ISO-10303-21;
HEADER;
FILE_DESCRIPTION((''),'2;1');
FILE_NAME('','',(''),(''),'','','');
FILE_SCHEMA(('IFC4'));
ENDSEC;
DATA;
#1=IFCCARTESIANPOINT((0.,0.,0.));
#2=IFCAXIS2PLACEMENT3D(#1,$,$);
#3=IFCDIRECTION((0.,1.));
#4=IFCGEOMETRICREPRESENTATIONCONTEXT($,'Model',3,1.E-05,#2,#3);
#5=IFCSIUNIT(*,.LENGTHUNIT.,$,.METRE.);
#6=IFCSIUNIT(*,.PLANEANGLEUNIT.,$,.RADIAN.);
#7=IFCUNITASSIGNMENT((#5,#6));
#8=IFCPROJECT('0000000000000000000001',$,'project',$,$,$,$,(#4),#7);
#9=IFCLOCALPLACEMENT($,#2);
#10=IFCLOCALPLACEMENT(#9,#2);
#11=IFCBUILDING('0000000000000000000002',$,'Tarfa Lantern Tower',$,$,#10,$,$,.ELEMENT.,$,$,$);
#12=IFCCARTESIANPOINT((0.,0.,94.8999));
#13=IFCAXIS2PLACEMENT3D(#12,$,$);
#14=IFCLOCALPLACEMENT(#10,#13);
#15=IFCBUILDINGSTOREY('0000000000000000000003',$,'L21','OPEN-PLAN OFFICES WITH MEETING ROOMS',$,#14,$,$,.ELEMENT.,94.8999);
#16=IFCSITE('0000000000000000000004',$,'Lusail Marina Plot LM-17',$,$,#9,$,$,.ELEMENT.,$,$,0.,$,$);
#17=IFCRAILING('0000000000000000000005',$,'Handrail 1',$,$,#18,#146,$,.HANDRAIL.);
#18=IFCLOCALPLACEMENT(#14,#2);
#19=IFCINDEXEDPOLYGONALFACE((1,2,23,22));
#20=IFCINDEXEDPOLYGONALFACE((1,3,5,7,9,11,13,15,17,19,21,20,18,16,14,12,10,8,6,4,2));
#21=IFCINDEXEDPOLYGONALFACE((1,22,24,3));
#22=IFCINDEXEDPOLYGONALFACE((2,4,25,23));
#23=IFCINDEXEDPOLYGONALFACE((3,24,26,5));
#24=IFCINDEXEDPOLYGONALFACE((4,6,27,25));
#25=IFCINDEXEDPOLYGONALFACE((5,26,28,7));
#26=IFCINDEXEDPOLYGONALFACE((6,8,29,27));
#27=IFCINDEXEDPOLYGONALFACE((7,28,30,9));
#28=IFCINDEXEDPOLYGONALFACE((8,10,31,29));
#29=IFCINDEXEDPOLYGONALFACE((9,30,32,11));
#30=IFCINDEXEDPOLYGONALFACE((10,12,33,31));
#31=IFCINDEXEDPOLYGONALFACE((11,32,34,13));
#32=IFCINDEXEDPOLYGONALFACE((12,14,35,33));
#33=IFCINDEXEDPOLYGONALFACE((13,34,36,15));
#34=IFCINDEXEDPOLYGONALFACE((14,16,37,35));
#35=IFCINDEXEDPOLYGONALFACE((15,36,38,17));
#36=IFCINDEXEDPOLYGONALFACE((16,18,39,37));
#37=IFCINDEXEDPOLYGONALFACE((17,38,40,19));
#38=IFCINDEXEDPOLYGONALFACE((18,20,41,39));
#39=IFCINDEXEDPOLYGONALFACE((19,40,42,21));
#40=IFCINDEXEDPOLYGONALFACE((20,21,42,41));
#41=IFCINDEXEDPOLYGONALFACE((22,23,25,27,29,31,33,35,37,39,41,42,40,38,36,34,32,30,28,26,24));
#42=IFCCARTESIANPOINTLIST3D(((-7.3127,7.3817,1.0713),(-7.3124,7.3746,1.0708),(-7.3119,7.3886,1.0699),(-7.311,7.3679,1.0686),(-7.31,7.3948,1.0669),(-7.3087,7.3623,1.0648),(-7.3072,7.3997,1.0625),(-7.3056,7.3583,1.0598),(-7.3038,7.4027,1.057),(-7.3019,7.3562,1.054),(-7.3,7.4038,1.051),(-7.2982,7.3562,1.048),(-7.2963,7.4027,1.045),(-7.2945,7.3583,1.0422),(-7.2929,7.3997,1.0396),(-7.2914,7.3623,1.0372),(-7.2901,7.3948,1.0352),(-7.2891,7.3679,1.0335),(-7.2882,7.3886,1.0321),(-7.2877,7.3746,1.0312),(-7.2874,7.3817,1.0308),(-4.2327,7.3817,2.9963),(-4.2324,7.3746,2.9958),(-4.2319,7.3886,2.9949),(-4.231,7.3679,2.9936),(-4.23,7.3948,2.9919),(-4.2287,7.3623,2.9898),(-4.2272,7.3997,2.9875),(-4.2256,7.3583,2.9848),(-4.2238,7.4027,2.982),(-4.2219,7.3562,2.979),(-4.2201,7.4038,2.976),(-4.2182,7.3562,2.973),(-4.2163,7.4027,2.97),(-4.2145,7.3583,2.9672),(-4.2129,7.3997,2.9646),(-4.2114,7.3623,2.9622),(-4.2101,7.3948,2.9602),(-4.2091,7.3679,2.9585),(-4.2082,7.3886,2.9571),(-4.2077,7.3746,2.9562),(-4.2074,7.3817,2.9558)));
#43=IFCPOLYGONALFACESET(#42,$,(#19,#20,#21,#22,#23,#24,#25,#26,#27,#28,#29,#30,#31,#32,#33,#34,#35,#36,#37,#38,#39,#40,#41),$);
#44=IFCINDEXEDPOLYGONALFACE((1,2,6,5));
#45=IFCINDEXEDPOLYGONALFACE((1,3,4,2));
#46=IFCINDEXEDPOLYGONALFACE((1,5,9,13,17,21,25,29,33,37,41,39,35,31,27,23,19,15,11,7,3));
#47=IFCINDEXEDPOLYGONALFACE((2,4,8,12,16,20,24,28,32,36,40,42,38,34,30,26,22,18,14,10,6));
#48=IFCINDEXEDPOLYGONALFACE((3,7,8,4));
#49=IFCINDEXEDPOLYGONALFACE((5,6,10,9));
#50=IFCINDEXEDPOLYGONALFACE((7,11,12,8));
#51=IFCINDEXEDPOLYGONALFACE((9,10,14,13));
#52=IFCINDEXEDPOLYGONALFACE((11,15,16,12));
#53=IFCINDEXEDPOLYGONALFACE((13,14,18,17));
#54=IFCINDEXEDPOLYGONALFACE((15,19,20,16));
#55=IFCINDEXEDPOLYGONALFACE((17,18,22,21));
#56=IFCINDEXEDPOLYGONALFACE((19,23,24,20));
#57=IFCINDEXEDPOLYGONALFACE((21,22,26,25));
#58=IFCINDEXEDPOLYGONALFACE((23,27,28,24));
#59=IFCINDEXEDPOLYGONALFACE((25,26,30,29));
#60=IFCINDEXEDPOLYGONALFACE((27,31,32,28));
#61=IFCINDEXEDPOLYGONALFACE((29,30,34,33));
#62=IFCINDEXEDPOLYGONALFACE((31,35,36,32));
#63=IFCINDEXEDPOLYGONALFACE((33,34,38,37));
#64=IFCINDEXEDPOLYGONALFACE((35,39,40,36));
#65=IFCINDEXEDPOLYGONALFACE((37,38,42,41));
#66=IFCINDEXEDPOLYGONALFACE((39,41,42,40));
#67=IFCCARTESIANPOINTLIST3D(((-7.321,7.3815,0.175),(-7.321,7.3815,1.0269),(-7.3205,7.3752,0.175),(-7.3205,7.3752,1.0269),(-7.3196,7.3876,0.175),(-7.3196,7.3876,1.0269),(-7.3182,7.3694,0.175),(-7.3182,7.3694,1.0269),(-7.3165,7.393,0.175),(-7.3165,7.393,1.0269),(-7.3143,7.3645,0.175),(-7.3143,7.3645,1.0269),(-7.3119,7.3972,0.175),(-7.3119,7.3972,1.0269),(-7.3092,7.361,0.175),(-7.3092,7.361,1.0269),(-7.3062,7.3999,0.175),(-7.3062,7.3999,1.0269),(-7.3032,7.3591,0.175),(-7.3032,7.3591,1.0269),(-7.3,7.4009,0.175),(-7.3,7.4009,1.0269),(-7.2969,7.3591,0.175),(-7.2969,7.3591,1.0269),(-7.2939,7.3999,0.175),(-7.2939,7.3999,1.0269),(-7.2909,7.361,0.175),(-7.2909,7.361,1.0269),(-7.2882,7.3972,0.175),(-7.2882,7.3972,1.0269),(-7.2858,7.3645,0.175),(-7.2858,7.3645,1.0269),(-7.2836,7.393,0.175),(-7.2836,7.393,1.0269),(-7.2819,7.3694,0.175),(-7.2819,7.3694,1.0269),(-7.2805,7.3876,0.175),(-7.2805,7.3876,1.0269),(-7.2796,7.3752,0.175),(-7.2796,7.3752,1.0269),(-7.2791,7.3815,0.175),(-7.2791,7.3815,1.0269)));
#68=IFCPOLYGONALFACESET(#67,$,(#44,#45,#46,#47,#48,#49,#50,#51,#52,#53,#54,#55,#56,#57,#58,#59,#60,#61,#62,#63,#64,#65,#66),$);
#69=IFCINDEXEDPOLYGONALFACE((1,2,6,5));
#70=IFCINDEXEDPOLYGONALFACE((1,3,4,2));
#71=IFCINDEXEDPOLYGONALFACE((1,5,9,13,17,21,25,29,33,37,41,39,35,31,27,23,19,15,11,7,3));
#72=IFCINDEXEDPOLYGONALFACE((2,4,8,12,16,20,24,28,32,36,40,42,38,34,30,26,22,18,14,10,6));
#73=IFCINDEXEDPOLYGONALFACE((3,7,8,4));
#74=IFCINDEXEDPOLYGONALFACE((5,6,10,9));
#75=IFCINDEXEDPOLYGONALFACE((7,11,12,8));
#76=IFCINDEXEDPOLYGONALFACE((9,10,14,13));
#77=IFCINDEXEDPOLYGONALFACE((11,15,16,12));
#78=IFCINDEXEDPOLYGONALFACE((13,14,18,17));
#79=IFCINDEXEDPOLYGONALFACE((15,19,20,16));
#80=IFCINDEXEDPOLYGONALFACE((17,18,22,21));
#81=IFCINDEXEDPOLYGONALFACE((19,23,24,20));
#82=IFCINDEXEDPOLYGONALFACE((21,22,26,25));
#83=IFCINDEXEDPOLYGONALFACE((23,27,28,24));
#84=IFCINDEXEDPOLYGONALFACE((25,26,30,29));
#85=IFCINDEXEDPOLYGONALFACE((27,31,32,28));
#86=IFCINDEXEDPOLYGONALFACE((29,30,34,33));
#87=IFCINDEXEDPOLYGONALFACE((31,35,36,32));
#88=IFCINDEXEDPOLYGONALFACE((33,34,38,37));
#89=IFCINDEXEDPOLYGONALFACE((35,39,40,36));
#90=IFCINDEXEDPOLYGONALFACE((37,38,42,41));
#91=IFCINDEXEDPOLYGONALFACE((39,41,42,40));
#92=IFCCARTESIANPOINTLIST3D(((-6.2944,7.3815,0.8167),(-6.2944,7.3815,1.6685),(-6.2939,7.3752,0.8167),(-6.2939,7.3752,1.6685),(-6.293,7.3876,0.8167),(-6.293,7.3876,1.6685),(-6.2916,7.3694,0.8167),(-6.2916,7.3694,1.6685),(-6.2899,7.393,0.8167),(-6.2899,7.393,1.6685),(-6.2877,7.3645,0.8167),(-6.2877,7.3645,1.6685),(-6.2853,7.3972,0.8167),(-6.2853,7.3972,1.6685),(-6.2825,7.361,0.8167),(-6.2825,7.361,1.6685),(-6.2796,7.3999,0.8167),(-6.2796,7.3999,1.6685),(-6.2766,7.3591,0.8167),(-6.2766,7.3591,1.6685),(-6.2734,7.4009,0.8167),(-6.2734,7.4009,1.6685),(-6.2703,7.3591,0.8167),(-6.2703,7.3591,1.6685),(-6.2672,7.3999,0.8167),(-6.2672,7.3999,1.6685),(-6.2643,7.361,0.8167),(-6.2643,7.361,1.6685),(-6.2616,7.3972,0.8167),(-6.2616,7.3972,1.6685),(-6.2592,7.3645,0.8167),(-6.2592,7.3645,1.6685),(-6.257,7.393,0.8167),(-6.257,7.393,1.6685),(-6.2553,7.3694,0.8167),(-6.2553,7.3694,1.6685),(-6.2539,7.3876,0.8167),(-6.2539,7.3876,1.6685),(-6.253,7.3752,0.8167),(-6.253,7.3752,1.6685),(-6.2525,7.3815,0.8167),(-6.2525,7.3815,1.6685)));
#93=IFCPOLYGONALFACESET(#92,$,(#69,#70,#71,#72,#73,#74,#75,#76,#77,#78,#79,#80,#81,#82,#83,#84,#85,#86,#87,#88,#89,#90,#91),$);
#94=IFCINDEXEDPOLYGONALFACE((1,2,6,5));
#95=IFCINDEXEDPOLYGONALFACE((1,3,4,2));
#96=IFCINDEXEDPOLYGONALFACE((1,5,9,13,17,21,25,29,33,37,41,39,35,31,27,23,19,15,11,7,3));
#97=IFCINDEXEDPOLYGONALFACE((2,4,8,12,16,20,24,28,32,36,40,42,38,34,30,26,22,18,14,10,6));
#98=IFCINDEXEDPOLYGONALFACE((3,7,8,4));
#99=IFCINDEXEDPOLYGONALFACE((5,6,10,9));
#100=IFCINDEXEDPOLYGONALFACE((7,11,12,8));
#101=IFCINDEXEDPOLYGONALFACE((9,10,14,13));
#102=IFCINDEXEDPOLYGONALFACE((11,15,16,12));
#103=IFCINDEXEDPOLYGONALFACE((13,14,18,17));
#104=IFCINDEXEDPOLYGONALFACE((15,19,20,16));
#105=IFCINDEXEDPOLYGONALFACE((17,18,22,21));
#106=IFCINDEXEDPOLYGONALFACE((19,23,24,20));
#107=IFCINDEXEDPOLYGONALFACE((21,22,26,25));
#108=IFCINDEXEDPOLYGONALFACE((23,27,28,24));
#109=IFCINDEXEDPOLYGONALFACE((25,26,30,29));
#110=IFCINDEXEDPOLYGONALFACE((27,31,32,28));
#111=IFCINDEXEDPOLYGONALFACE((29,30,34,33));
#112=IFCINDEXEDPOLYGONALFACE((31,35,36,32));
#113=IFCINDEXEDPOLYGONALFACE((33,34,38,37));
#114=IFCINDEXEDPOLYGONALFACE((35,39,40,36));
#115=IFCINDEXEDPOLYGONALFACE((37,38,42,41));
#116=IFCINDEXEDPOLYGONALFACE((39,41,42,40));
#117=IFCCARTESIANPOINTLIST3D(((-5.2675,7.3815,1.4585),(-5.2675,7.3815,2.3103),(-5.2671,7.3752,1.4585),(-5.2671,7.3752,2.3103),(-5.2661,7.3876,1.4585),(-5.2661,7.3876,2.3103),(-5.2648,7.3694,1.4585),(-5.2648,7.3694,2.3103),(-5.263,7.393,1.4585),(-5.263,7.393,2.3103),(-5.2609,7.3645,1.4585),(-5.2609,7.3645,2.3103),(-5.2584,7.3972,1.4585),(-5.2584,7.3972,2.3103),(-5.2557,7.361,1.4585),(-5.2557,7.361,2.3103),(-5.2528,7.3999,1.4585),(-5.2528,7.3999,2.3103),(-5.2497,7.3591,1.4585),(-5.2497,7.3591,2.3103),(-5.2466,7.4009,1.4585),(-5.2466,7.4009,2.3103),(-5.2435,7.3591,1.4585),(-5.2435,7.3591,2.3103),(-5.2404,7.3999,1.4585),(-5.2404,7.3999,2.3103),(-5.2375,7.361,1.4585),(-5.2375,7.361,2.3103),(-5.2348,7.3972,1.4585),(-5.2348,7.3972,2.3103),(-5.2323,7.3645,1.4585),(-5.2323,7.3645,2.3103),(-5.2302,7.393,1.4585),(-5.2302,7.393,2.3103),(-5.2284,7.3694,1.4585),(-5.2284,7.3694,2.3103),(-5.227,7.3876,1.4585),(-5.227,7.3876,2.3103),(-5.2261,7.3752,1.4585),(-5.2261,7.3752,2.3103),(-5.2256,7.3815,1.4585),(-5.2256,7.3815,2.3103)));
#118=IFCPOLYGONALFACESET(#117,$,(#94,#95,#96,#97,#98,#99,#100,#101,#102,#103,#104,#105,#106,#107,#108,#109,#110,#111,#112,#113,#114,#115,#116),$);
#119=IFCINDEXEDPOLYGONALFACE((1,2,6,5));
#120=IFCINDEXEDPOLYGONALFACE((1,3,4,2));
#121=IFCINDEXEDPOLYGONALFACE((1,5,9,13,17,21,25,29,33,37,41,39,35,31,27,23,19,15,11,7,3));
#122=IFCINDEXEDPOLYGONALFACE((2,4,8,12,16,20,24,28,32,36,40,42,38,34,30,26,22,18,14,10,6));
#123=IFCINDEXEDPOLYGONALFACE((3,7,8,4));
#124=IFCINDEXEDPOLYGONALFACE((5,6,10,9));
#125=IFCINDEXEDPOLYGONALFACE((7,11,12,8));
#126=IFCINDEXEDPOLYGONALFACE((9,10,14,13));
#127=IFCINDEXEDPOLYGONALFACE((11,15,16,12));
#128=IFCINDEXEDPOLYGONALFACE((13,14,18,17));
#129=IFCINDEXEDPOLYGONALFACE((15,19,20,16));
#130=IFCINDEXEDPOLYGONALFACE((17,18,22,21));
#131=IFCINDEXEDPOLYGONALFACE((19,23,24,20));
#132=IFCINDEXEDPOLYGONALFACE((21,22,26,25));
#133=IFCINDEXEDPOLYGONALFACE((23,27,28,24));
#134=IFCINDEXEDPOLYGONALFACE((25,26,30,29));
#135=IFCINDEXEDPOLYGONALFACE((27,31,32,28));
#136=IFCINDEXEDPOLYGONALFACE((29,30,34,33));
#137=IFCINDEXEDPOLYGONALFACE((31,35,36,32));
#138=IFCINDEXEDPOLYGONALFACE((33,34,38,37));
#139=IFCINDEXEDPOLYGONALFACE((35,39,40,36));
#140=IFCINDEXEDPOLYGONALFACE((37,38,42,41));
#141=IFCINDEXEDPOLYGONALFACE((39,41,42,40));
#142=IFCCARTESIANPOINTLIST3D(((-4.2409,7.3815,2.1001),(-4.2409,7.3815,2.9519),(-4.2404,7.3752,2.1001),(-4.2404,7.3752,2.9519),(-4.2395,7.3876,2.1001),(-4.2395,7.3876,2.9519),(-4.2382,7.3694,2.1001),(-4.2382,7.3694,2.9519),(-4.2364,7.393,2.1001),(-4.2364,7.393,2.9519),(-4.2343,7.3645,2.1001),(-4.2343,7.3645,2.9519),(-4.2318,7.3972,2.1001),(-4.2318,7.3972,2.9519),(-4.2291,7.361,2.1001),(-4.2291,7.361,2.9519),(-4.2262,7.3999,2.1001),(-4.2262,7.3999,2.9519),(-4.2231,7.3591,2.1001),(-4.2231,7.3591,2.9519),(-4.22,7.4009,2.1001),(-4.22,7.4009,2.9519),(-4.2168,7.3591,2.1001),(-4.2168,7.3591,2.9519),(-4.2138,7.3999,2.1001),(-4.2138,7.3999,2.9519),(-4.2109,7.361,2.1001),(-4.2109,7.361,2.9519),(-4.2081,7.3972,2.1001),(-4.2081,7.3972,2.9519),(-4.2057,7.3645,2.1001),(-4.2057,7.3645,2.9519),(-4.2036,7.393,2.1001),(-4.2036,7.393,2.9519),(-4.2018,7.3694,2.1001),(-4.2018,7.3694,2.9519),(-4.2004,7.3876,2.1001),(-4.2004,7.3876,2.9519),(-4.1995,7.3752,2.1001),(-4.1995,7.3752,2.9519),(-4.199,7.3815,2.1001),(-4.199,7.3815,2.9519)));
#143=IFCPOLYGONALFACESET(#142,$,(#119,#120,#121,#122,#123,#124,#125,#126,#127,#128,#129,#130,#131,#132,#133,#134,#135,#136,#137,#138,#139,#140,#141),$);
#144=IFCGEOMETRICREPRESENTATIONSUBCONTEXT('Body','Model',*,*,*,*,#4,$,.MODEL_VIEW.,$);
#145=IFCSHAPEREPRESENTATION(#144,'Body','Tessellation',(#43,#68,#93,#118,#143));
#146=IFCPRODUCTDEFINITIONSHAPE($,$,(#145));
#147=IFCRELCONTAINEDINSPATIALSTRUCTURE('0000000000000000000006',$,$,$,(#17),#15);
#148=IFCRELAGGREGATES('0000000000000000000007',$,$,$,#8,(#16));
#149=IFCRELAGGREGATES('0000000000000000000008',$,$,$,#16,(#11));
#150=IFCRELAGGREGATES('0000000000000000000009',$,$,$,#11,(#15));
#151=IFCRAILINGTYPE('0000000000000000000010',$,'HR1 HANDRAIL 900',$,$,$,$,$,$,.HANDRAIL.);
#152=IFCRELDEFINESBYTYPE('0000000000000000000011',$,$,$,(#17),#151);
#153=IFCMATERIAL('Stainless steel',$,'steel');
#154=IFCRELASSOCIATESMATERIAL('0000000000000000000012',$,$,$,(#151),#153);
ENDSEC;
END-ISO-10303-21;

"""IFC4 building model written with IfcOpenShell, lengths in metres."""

from ifc_helpers import new_model, si_unit, direction, frame, origin, origin_2d, place, context, subcontext, project, spatial, circle, extrude, material, type_object, element, save


model = new_model("IFC4")

# Units and contexts
model_context = context("Model", 3, precision=1e-05, world=origin(), true_north=direction((0.0, 1.0)))
body_context = subcontext(model_context, "Body", "Model", "MODEL_VIEW")
ifc_project = project(units=[si_unit("LENGTHUNIT", "METRE"), si_unit("PLANEANGLEUNIT", "RADIAN")], contexts=[model_context])

# Site, building, storey
site_placement = place(None, origin())
site = spatial("IfcSite", under=ifc_project, at=site_placement, Name="Lusail Marina Plot LM-17", CompositionType="ELEMENT", RefElevation=0.0)
building_placement = place(site_placement, origin())
building = spatial("IfcBuilding", under=site, at=building_placement, Name="Tarfa Lantern Tower", CompositionType="ELEMENT")
storey_placement = place(building_placement, frame((0.0, 0.0, 94.8999)))
storey = spatial("IfcBuildingStorey", under=building, at=storey_placement, Name="L21", Description="OPEN-PLAN OFFICES WITH MEETING ROOMS", CompositionType="ELEMENT", Elevation=94.8999)

# Railing
ifc_material_1 = material(Name="Stainless steel", Category="steel")
railing_type = type_object("IfcRailingType", Name="HR1 HANDRAIL 900", PredefinedType="HANDRAIL", material=ifc_material_1)
railing_1_placement = place(storey_placement, frame((-7.3, 7.3799, 0.175)))
element("IfcRailing", 1, at=railing_1_placement, inside=storey, type_object=railing_type, Name="Handrail 1", PredefinedType="HANDRAIL", context=body_context, shape_type="SweptSolid", body=[
    extrude(circle(Radius=0.0239, at=origin_2d()), frame((0.0, 0.0, 0.876), z_axis=(0.847998, 0.0, 0.529999), x_axis=(0.0, 1.0, 0.0)), (0.0, 0.0, 1.0), 3.6321),
    extrude(circle(Radius=0.021, at=origin_2d()), frame((0.0, 0.0, 0.0), z_axis=(0.0, 0.0, 1.0), x_axis=(0.0, 1.0, 0.0)), (0.0, 0.0, 1.0), 0.8518),
    extrude(circle(Radius=0.021, at=origin_2d()), frame((1.0266, 0.0, 0.6416), z_axis=(0.0, 0.0, 1.0), x_axis=(0.0, 1.0, 0.0)), (0.0, 0.0, 1.0), 0.8518),
    extrude(circle(Radius=0.021, at=origin_2d()), frame((2.0535, 0.0, 1.2834), z_axis=(0.0, 0.0, 1.0), x_axis=(0.0, 1.0, 0.0)), (0.0, 0.0, 1.0), 0.8518),
    extrude(circle(Radius=0.021, at=origin_2d()), frame((3.0801, 0.0, 1.925), z_axis=(0.0, 0.0, 1.0), x_axis=(0.0, 1.0, 0.0)), (0.0, 0.0, 1.0), 0.8518),
])

save(model, "model.ifc")
